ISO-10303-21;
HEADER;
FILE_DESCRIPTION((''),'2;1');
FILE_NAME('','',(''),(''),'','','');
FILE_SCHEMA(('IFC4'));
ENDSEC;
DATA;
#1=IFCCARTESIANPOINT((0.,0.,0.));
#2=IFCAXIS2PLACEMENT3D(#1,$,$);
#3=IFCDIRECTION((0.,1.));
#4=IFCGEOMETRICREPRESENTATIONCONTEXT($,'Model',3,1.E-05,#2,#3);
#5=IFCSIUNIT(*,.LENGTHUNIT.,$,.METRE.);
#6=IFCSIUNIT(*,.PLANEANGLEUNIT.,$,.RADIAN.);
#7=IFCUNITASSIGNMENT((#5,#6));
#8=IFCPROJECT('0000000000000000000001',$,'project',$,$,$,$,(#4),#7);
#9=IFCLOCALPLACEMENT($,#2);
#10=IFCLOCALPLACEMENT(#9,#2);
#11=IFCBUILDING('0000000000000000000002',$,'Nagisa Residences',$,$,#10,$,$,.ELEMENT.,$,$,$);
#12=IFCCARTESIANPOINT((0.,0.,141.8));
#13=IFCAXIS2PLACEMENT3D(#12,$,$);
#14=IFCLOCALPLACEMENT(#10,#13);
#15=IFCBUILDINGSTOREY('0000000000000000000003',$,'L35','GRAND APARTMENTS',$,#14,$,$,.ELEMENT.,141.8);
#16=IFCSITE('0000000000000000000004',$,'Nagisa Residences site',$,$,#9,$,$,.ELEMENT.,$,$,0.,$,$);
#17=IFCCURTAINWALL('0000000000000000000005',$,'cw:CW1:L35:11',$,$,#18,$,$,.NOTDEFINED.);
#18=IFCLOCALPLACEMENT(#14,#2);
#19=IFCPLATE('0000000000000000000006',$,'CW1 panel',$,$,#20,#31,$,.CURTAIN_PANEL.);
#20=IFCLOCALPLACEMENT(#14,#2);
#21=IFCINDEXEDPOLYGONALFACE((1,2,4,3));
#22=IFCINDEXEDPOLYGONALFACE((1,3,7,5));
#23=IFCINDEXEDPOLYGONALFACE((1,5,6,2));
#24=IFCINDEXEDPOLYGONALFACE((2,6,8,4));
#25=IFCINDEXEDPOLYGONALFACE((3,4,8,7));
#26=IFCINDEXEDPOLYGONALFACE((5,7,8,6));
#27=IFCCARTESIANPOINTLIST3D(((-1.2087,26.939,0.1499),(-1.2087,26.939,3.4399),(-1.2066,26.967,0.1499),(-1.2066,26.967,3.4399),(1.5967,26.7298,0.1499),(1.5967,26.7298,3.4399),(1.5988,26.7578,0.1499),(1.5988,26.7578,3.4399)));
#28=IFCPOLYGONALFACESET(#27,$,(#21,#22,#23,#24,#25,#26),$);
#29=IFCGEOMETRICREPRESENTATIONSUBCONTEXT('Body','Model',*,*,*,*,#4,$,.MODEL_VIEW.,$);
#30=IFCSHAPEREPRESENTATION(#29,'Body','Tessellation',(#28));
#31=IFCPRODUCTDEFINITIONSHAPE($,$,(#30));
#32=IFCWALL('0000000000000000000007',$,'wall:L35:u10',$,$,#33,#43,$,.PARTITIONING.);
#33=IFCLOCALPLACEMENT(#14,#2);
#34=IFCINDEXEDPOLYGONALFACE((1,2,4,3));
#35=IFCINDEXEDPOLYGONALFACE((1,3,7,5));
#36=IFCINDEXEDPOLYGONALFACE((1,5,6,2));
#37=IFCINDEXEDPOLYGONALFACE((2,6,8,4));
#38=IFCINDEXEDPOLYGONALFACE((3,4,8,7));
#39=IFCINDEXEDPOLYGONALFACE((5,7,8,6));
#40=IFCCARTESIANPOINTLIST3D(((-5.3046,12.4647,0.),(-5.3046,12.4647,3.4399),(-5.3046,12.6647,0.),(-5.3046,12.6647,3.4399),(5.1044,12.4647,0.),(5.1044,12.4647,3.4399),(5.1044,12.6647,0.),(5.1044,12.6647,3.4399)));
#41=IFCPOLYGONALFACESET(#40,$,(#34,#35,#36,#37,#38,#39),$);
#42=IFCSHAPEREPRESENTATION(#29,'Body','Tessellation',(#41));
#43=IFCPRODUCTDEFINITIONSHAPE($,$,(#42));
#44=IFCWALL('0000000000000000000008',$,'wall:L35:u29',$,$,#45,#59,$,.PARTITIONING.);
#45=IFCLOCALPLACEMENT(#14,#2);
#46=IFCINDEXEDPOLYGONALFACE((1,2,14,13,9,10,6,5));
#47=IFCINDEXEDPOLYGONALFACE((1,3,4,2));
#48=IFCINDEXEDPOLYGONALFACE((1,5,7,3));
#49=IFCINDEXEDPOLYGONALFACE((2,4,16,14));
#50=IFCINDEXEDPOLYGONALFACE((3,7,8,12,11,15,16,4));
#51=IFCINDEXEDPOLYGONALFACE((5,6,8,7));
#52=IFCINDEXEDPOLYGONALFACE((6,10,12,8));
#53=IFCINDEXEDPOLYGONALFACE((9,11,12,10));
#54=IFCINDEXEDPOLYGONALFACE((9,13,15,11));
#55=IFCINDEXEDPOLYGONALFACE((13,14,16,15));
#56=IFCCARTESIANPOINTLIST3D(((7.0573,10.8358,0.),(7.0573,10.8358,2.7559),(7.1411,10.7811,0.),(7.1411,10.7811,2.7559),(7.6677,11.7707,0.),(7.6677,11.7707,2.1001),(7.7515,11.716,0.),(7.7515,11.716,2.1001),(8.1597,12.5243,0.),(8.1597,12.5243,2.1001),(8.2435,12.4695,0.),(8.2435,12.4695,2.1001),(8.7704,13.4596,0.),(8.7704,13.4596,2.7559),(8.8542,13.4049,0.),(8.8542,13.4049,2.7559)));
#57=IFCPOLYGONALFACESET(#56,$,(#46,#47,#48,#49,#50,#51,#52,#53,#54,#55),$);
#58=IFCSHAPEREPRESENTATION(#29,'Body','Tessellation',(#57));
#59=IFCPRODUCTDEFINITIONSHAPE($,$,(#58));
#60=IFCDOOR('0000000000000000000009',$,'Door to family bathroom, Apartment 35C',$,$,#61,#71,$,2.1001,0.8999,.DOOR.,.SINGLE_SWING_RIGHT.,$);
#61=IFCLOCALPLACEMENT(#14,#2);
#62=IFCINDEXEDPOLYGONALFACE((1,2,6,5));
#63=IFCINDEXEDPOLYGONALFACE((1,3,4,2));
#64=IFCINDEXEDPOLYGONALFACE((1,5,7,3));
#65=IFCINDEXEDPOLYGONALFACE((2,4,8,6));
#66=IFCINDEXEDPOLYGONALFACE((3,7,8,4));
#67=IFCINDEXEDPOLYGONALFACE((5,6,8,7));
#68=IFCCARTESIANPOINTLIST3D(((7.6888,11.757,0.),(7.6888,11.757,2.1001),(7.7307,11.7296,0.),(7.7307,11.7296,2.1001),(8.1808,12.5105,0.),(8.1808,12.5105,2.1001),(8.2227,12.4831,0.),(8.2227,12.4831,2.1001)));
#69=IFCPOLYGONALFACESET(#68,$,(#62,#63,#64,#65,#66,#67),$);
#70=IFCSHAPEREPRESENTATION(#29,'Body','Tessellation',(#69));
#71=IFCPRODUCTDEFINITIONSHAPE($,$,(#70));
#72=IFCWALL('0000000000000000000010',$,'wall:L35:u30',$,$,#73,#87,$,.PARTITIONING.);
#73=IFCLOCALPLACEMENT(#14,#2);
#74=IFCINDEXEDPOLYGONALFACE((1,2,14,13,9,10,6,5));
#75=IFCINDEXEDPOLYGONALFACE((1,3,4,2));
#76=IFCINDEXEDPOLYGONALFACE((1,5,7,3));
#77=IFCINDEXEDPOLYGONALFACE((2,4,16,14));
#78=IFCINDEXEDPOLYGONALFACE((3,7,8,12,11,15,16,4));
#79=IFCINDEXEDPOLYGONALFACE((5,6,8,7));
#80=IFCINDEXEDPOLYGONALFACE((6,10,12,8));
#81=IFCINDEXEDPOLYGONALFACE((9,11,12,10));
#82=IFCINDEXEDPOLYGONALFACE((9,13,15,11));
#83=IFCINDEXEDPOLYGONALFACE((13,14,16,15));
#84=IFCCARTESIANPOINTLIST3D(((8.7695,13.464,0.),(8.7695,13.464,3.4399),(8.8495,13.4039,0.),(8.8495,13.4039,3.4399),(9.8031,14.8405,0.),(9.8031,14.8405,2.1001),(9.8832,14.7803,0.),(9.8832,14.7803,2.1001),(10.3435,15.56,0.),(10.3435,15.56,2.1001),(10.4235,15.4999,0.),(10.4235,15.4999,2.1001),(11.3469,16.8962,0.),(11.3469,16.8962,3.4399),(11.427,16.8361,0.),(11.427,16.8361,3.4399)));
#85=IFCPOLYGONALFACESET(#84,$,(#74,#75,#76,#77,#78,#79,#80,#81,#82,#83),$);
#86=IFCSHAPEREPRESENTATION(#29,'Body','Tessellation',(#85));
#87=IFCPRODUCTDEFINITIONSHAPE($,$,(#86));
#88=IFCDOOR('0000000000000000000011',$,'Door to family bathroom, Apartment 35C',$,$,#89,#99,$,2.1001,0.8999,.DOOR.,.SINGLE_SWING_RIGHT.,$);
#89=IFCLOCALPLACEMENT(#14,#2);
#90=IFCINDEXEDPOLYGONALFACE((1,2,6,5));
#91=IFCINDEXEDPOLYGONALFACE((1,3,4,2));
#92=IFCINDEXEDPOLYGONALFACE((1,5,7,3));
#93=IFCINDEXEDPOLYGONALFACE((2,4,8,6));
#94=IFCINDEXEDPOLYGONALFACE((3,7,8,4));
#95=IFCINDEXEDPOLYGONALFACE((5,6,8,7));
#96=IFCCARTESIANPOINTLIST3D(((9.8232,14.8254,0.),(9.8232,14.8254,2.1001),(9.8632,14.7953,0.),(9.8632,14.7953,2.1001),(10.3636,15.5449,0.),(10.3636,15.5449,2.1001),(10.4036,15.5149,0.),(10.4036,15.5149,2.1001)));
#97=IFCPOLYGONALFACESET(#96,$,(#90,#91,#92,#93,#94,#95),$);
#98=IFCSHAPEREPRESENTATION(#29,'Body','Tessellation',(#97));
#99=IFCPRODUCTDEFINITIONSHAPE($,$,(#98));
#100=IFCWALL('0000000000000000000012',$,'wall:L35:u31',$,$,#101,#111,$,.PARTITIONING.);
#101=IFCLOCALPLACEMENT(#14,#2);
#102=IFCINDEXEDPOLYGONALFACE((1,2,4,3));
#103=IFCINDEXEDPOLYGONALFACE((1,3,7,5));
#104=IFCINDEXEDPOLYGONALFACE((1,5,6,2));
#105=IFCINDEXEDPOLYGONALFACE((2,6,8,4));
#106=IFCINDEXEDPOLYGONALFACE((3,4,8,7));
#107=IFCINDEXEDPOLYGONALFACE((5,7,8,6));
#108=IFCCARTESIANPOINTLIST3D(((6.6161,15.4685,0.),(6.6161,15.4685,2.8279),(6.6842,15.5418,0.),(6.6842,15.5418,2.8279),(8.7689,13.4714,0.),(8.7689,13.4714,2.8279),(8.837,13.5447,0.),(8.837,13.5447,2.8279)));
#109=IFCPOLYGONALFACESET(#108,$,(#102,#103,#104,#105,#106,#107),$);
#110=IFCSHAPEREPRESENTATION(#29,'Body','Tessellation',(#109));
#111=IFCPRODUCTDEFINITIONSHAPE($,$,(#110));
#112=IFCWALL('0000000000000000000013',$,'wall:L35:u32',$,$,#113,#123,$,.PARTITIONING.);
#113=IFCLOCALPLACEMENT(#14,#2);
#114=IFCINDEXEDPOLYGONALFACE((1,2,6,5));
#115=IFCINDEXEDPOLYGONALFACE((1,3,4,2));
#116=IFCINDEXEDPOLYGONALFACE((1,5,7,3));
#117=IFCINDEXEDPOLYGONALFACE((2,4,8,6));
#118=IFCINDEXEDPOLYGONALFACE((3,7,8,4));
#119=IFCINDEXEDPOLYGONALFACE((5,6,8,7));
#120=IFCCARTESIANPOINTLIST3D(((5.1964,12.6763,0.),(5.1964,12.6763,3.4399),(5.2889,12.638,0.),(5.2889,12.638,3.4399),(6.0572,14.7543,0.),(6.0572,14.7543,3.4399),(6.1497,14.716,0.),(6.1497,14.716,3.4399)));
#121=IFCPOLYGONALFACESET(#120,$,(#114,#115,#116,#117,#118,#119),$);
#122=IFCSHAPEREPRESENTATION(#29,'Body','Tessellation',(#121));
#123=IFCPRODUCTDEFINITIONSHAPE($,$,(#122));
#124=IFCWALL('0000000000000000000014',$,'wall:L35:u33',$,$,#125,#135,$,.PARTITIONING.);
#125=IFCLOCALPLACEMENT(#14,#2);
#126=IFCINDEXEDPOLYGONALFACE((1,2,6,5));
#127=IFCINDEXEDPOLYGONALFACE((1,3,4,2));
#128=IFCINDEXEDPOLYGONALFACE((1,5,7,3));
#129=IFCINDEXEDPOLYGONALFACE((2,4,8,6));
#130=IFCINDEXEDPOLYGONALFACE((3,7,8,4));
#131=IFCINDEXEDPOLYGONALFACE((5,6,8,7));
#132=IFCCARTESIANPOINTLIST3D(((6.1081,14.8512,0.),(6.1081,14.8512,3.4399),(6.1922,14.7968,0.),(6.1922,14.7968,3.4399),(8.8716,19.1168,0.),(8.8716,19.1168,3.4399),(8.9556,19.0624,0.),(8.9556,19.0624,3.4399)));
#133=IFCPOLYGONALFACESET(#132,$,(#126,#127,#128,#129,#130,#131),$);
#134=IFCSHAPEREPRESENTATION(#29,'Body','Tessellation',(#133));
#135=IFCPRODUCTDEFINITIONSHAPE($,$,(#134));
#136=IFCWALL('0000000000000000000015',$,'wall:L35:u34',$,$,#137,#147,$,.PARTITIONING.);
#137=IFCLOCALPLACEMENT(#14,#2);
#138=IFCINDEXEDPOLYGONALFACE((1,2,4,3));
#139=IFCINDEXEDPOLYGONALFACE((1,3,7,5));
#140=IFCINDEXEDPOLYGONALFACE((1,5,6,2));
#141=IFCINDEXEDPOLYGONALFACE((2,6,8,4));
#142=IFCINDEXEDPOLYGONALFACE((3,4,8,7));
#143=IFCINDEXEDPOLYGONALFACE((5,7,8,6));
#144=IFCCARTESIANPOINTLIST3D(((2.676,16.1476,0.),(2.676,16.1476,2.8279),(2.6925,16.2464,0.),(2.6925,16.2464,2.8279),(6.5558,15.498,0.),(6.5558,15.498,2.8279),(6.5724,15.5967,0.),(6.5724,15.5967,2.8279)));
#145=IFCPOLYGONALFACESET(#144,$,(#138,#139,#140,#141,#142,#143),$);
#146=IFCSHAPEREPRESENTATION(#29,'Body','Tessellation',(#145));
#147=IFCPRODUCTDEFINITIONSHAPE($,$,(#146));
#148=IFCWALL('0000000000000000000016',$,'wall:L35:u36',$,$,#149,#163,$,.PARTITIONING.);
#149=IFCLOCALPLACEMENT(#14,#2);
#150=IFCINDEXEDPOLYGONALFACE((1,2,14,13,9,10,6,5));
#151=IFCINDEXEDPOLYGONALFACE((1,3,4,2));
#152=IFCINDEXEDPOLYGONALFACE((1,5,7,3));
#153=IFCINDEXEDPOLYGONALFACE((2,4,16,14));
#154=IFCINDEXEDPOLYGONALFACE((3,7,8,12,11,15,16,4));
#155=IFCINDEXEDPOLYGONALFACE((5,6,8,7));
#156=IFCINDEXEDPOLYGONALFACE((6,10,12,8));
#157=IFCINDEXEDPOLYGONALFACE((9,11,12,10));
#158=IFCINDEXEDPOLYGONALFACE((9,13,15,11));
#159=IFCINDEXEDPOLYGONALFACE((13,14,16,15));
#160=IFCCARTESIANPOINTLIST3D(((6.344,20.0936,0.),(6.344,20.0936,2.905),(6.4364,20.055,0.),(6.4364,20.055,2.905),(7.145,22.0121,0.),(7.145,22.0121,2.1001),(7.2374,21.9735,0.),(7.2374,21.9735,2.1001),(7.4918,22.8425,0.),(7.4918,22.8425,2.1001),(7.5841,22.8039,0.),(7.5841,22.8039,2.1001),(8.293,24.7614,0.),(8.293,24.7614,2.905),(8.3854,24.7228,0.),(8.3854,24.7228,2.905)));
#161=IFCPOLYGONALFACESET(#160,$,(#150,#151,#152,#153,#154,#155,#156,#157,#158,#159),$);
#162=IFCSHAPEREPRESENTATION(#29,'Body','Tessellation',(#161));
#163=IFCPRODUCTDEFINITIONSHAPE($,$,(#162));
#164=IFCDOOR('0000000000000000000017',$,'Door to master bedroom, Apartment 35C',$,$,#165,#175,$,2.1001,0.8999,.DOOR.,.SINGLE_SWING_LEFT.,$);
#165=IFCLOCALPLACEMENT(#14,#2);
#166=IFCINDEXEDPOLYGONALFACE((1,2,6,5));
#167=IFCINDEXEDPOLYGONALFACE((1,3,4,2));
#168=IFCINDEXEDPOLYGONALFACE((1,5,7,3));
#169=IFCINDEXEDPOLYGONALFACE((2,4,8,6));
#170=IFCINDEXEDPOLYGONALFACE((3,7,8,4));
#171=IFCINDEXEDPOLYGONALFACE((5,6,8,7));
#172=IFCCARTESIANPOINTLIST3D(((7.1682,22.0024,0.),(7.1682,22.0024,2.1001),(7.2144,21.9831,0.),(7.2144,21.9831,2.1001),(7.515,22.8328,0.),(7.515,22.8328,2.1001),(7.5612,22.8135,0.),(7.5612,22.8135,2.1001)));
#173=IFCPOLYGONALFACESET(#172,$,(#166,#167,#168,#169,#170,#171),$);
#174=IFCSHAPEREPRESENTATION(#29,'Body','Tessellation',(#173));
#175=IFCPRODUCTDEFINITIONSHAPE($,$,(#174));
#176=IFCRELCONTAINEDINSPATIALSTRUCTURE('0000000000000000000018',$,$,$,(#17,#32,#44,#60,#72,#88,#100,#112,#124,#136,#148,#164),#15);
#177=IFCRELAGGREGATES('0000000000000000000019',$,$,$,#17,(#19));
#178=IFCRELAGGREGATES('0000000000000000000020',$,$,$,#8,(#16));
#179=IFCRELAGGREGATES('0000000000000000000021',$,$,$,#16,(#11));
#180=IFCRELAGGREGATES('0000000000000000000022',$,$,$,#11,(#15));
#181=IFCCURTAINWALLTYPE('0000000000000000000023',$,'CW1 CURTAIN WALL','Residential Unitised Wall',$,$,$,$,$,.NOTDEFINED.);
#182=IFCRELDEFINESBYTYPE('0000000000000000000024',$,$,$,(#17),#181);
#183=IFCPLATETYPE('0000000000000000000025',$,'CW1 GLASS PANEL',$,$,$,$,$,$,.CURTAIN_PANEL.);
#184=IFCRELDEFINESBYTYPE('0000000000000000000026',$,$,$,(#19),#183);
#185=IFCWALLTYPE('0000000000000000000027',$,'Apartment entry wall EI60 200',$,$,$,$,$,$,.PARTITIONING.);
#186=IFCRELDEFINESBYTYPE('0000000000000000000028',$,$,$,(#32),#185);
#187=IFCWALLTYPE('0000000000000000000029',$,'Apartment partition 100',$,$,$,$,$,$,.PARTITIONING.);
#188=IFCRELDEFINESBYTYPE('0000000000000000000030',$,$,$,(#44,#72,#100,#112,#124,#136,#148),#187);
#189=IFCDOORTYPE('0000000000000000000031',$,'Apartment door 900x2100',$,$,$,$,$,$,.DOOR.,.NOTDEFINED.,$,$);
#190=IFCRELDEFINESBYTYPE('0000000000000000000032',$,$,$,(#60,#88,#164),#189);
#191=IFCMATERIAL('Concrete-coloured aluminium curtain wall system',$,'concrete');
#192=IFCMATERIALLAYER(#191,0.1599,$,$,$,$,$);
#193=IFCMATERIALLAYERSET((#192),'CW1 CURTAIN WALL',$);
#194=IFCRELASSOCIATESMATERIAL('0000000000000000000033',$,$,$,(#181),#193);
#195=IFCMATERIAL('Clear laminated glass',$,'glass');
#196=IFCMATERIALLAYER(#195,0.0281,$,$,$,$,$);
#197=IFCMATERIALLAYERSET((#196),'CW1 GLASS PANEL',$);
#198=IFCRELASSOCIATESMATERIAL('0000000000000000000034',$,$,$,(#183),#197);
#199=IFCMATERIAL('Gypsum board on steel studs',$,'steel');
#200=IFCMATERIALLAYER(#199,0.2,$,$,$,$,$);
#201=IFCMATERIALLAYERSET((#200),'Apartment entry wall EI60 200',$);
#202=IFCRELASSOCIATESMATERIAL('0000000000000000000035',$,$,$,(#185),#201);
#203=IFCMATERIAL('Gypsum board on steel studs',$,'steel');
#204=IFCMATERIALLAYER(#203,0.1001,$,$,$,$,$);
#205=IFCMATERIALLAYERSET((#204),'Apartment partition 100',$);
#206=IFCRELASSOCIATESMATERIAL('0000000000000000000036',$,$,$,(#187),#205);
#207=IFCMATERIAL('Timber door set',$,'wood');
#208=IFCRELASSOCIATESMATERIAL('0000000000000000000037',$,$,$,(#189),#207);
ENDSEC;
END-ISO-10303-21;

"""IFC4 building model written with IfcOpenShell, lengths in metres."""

from ifc_helpers import new_model, si_unit, direction, frame, frame_2d, origin, origin_2d, place, context, subcontext, project, spatial, rectangle, extrude, material, layer, layer_set, type_object, element, fill, aggregate, save


model = new_model("IFC4")

# Units and contexts
model_context = context("Model", 3, precision=1e-05, world=origin(), true_north=direction((0.0, 1.0)))
body_context = subcontext(model_context, "Body", "Model", "MODEL_VIEW")
ifc_project = project(units=[si_unit("LENGTHUNIT", "METRE"), si_unit("PLANEANGLEUNIT", "RADIAN")], contexts=[model_context])

# Site, building, storey
site_placement = place(None, origin())
site = spatial("IfcSite", under=ifc_project, at=site_placement, Name="Nagisa Residences site", CompositionType="ELEMENT", RefElevation=0.0)
building_placement = place(site_placement, origin())
building = spatial("IfcBuilding", under=site, at=building_placement, Name="Nagisa Residences", CompositionType="ELEMENT")
storey_placement = place(building_placement, frame((0.0, 0.0, 141.8)))
storey = spatial("IfcBuildingStorey", under=building, at=storey_placement, Name="L35", Description="GRAND APARTMENTS", CompositionType="ELEMENT", Elevation=141.8)

# Curtain wall
ifc_material_1 = material(Name="Concrete-coloured aluminium curtain wall system", Category="concrete")
ifc_layer_1 = layer(ifc_material_1, 0.1599)
ifc_layer_set_1 = layer_set([ifc_layer_1], Name="CW1 CURTAIN WALL")
curtain_wall_type = type_object("IfcCurtainWallType", Name="CW1 CURTAIN WALL", Description="Residential Unitised Wall", PredefinedType="NOTDEFINED", material=ifc_layer_set_1)
curtain_wall_1_placement = place(storey_placement, origin())
curtain_wall_1 = element("IfcCurtainWall", 1, at=curtain_wall_1_placement, inside=storey, type_object=curtain_wall_type, Name="cw:CW1:L35:11", PredefinedType="NOTDEFINED")

# Plate
ifc_material_2 = material(Name="Clear laminated glass", Category="glass")
ifc_layer_2 = layer(ifc_material_2, 0.0281)
ifc_layer_set_2 = layer_set([ifc_layer_2], Name="CW1 GLASS PANEL")
plate_type = type_object("IfcPlateType", Name="CW1 GLASS PANEL", PredefinedType="CURTAIN_PANEL", material=ifc_layer_set_2)
plate_1_placement = place(storey_placement, frame((0.1951, 26.8484, 0.1499), z_axis=(0.0, 0.0, 1.0), x_axis=(-0.99723, 0.074377, 0.0)))
plate_1 = element("IfcPlate", 2, at=plate_1_placement, type_object=plate_type, Name="CW1 panel", PredefinedType="CURTAIN_PANEL", context=body_context, shape_type="SweptSolid", body=[
    extrude(rectangle(XDim=2.8132, YDim=0.0281, at=origin_2d()), origin(), (0.0, 0.0, 1.0), 3.29),
])
aggregate(curtain_wall_1, [plate_1])

# Wall
ifc_material_3 = material(Name="Gypsum board on steel studs", Category="steel")
ifc_layer_3 = layer(ifc_material_3, 0.2)
ifc_layer_set_3 = layer_set([ifc_layer_3], Name="Apartment entry wall EI60 200")
wall_type_1 = type_object("IfcWallType", Name="Apartment entry wall EI60 200", PredefinedType="PARTITIONING", material=ifc_layer_set_3)
wall_1_placement = place(storey_placement, frame((5.1045, 12.5647, 0.0), z_axis=(0.0, 0.0, 1.0), x_axis=(-1.0, 0.0, 0.0)))
element("IfcWall", 3, at=wall_1_placement, inside=storey, type_object=wall_type_1, Name="wall:L35:u10", PredefinedType="PARTITIONING", context=body_context, shape_type="SweptSolid", body=[
    extrude(rectangle(XDim=10.4089, YDim=0.2, at=frame_2d((5.2046, 0.0))), origin(), (0.0, 0.0, 1.0), 3.4399),
])

# Walls, openings, doors
ifc_material_4 = material(Name="Gypsum board on steel studs", Category="steel")
ifc_layer_4 = layer(ifc_material_4, 0.1001)
ifc_layer_set_4 = layer_set([ifc_layer_4], Name="Apartment partition 100")
wall_type_2 = type_object("IfcWallType", Name="Apartment partition 100", PredefinedType="PARTITIONING", material=ifc_layer_set_4)
wall_2_placement = place(storey_placement, frame((7.0991, 10.8083, 0.0), z_axis=(0.0, 0.0, 1.0), x_axis=(0.54671, 0.837322, 0.0)))
wall_2 = element("IfcWall", 4, at=wall_2_placement, inside=storey, type_object=wall_type_2, Name="wall:L35:u29", PredefinedType="PARTITIONING", context=body_context, shape_type="SweptSolid", body=[
    extrude(rectangle(XDim=3.1335, YDim=0.1001, at=frame_2d((1.5669, 0.0))), origin(), (0.0, 0.0, 1.0), 2.7559),
])
opening_1_placement = place(wall_2_placement, frame((1.1167, 0.0, 0.0)))
opening_1 = element("IfcOpeningElement", 5, at=opening_1_placement, cuts=wall_2, PredefinedType="OPENING", context=body_context, shape_type="SweptSolid", body=[
    extrude(rectangle(XDim=0.8999, YDim=2.1001, at=frame_2d((0.45, 1.05))), frame((0.0, 0.0601, 0.0), z_axis=(0.0, -1.0, 0.0), x_axis=(1.0, 0.0, 0.0)), (0.0, 0.0, 1.0), 0.1201),
])
ifc_material_5 = material(Name="Timber door set", Category="wood")
door_type_1 = type_object("IfcDoorType", Name="Apartment door 900x2100", OperationType="NOTDEFINED", PredefinedType="DOOR", material=ifc_material_5)
door_1_placement = place(opening_1_placement, origin())
door_1 = element("IfcDoor", 6, at=door_1_placement, inside=storey, type_object=door_type_1, Name="Door to family bathroom, Apartment 35C", OperationType="SINGLE_SWING_RIGHT", OverallHeight=2.1001, OverallWidth=0.8999, PredefinedType="DOOR", context=body_context, shape_type="SweptSolid", body=[
    extrude(rectangle(XDim=0.8999, YDim=2.1001, at=frame_2d((0.45, 1.05))), frame((0.0, 0.0249, 0.0), z_axis=(0.0, -1.0, 0.0), x_axis=(1.0, 0.0, 0.0)), (0.0, 0.0, 1.0), 0.05),
])
fill(opening_1, door_1)
wall_3_placement = place(storey_placement, frame((8.8096, 13.4341, 0.0), z_axis=(0.0, 0.0, 1.0), x_axis=(0.600491, 0.799631, 0.0)))
wall_3 = element("IfcWall", 7, at=wall_3_placement, inside=storey, type_object=wall_type_2, Name="wall:L35:u30", PredefinedType="PARTITIONING", context=body_context, shape_type="SweptSolid", body=[
    extrude(rectangle(XDim=4.2922, YDim=0.1001, at=frame_2d((2.146, 0.0))), origin(), (0.0, 0.0, 1.0), 3.4399),
])
opening_2_placement = place(wall_3_placement, frame((1.7212, 0.0, 0.0)))
opening_2 = element("IfcOpeningElement", 8, at=opening_2_placement, cuts=wall_3, PredefinedType="OPENING", context=body_context, shape_type="SweptSolid", body=[
    extrude(rectangle(XDim=0.8999, YDim=2.1001, at=frame_2d((0.45, 1.05))), frame((0.0, 0.0601, 0.0), z_axis=(0.0, -1.0, 0.0), x_axis=(1.0, 0.0, 0.0)), (0.0, 0.0, 1.0), 0.1201),
])
door_2_placement = place(opening_2_placement, origin())
door_2 = element("IfcDoor", 9, at=door_2_placement, inside=storey, type_object=door_type_1, Name="Door to family bathroom, Apartment 35C", OperationType="SINGLE_SWING_RIGHT", OverallHeight=2.1001, OverallWidth=0.8999, PredefinedType="DOOR", context=body_context, shape_type="SweptSolid", body=[
    extrude(rectangle(XDim=0.8999, YDim=2.1001, at=frame_2d((0.45, 1.05))), frame((0.0, 0.0249, 0.0), z_axis=(0.0, -1.0, 0.0), x_axis=(1.0, 0.0, 0.0)), (0.0, 0.0, 1.0), 0.05),
])
fill(opening_2, door_2)

# Walls
wall_4_placement = place(storey_placement, frame((8.803, 13.5081, 0.0), z_axis=(0.0, 0.0, 1.0), x_axis=(-0.733131, 0.680087, 0.0)))
element("IfcWall", 10, at=wall_4_placement, inside=storey, type_object=wall_type_2, Name="wall:L35:u31", PredefinedType="PARTITIONING", context=body_context, shape_type="SweptSolid", body=[
    extrude(rectangle(XDim=2.9365, YDim=0.1001, at=frame_2d((1.4683, 0.0))), origin(), (0.0, 0.0, 1.0), 2.8279),
])
wall_5_placement = place(storey_placement, frame((5.2427, 12.6572, 0.0), z_axis=(0.0, 0.0, 1.0), x_axis=(0.382703, 0.923871, 0.0)))
element("IfcWall", 11, at=wall_5_placement, inside=storey, type_object=wall_type_2, Name="wall:L35:u32", PredefinedType="PARTITIONING", context=body_context, shape_type="SweptSolid", body=[
    extrude(rectangle(XDim=2.2493, YDim=0.1001, at=frame_2d((1.1245, 0.0))), origin(), (0.0, 0.0, 1.0), 3.4399),
])
wall_6_placement = place(storey_placement, frame((6.1501, 14.824, 0.0), z_axis=(0.0, 0.0, 1.0), x_axis=(0.543711, 0.839272, 0.0)))
element("IfcWall", 12, at=wall_6_placement, inside=storey, type_object=wall_type_2, Name="wall:L35:u33", PredefinedType="PARTITIONING", context=body_context, shape_type="SweptSolid", body=[
    extrude(rectangle(XDim=5.0825, YDim=0.1001, at=frame_2d((2.5413, 0.0))), origin(), (0.0, 0.0, 1.0), 3.4399),
])
wall_7_placement = place(storey_placement, frame((6.564, 15.5474, 0.0), z_axis=(0.0, 0.0, 1.0), x_axis=(-0.98627, 0.165144, 0.0)))
element("IfcWall", 13, at=wall_7_placement, inside=storey, type_object=wall_type_2, Name="wall:L35:u34", PredefinedType="PARTITIONING", context=body_context, shape_type="SweptSolid", body=[
    extrude(rectangle(XDim=3.9338, YDim=0.1001, at=frame_2d((1.9668, 0.0))), origin(), (0.0, 0.0, 1.0), 2.8279),
])

# Wall, opening, door
wall_8_placement = place(storey_placement, frame((6.3901, 20.0742, 0.0), z_axis=(0.0, 0.0, 1.0), x_axis=(0.385304, 0.92279, 0.0)))
wall_8 = element("IfcWall", 14, at=wall_8_placement, inside=storey, type_object=wall_type_2, Name="wall:L35:u36", PredefinedType="PARTITIONING", context=body_context, shape_type="SweptSolid", body=[
    extrude(rectangle(XDim=5.0583, YDim=0.1001, at=frame_2d((2.5293, 0.0))), origin(), (0.0, 0.0, 1.0), 2.905),
])
opening_3_placement = place(wall_8_placement, frame((2.0791, 0.0, 0.0)))
opening_3 = element("IfcOpeningElement", 15, at=opening_3_placement, cuts=wall_8, PredefinedType="OPENING", context=body_context, shape_type="SweptSolid", body=[
    extrude(rectangle(XDim=0.8999, YDim=2.1001, at=frame_2d((0.45, 1.05))), frame((0.0, 0.0601, 0.0), z_axis=(0.0, -1.0, 0.0), x_axis=(1.0, 0.0, 0.0)), (0.0, 0.0, 1.0), 0.1201),
])
door_3_placement = place(opening_3_placement, origin())
door_3 = element("IfcDoor", 16, at=door_3_placement, inside=storey, type_object=door_type_1, Name="Door to master bedroom, Apartment 35C", OperationType="SINGLE_SWING_LEFT", OverallHeight=2.1001, OverallWidth=0.8999, PredefinedType="DOOR", context=body_context, shape_type="SweptSolid", body=[
    extrude(rectangle(XDim=0.8999, YDim=2.1001, at=frame_2d((0.45, 1.05))), frame((0.0, 0.0249, 0.0), z_axis=(0.0, -1.0, 0.0), x_axis=(1.0, 0.0, 0.0)), (0.0, 0.0, 1.0), 0.05),
])
fill(opening_3, door_3)

save(model, "model.ifc")
